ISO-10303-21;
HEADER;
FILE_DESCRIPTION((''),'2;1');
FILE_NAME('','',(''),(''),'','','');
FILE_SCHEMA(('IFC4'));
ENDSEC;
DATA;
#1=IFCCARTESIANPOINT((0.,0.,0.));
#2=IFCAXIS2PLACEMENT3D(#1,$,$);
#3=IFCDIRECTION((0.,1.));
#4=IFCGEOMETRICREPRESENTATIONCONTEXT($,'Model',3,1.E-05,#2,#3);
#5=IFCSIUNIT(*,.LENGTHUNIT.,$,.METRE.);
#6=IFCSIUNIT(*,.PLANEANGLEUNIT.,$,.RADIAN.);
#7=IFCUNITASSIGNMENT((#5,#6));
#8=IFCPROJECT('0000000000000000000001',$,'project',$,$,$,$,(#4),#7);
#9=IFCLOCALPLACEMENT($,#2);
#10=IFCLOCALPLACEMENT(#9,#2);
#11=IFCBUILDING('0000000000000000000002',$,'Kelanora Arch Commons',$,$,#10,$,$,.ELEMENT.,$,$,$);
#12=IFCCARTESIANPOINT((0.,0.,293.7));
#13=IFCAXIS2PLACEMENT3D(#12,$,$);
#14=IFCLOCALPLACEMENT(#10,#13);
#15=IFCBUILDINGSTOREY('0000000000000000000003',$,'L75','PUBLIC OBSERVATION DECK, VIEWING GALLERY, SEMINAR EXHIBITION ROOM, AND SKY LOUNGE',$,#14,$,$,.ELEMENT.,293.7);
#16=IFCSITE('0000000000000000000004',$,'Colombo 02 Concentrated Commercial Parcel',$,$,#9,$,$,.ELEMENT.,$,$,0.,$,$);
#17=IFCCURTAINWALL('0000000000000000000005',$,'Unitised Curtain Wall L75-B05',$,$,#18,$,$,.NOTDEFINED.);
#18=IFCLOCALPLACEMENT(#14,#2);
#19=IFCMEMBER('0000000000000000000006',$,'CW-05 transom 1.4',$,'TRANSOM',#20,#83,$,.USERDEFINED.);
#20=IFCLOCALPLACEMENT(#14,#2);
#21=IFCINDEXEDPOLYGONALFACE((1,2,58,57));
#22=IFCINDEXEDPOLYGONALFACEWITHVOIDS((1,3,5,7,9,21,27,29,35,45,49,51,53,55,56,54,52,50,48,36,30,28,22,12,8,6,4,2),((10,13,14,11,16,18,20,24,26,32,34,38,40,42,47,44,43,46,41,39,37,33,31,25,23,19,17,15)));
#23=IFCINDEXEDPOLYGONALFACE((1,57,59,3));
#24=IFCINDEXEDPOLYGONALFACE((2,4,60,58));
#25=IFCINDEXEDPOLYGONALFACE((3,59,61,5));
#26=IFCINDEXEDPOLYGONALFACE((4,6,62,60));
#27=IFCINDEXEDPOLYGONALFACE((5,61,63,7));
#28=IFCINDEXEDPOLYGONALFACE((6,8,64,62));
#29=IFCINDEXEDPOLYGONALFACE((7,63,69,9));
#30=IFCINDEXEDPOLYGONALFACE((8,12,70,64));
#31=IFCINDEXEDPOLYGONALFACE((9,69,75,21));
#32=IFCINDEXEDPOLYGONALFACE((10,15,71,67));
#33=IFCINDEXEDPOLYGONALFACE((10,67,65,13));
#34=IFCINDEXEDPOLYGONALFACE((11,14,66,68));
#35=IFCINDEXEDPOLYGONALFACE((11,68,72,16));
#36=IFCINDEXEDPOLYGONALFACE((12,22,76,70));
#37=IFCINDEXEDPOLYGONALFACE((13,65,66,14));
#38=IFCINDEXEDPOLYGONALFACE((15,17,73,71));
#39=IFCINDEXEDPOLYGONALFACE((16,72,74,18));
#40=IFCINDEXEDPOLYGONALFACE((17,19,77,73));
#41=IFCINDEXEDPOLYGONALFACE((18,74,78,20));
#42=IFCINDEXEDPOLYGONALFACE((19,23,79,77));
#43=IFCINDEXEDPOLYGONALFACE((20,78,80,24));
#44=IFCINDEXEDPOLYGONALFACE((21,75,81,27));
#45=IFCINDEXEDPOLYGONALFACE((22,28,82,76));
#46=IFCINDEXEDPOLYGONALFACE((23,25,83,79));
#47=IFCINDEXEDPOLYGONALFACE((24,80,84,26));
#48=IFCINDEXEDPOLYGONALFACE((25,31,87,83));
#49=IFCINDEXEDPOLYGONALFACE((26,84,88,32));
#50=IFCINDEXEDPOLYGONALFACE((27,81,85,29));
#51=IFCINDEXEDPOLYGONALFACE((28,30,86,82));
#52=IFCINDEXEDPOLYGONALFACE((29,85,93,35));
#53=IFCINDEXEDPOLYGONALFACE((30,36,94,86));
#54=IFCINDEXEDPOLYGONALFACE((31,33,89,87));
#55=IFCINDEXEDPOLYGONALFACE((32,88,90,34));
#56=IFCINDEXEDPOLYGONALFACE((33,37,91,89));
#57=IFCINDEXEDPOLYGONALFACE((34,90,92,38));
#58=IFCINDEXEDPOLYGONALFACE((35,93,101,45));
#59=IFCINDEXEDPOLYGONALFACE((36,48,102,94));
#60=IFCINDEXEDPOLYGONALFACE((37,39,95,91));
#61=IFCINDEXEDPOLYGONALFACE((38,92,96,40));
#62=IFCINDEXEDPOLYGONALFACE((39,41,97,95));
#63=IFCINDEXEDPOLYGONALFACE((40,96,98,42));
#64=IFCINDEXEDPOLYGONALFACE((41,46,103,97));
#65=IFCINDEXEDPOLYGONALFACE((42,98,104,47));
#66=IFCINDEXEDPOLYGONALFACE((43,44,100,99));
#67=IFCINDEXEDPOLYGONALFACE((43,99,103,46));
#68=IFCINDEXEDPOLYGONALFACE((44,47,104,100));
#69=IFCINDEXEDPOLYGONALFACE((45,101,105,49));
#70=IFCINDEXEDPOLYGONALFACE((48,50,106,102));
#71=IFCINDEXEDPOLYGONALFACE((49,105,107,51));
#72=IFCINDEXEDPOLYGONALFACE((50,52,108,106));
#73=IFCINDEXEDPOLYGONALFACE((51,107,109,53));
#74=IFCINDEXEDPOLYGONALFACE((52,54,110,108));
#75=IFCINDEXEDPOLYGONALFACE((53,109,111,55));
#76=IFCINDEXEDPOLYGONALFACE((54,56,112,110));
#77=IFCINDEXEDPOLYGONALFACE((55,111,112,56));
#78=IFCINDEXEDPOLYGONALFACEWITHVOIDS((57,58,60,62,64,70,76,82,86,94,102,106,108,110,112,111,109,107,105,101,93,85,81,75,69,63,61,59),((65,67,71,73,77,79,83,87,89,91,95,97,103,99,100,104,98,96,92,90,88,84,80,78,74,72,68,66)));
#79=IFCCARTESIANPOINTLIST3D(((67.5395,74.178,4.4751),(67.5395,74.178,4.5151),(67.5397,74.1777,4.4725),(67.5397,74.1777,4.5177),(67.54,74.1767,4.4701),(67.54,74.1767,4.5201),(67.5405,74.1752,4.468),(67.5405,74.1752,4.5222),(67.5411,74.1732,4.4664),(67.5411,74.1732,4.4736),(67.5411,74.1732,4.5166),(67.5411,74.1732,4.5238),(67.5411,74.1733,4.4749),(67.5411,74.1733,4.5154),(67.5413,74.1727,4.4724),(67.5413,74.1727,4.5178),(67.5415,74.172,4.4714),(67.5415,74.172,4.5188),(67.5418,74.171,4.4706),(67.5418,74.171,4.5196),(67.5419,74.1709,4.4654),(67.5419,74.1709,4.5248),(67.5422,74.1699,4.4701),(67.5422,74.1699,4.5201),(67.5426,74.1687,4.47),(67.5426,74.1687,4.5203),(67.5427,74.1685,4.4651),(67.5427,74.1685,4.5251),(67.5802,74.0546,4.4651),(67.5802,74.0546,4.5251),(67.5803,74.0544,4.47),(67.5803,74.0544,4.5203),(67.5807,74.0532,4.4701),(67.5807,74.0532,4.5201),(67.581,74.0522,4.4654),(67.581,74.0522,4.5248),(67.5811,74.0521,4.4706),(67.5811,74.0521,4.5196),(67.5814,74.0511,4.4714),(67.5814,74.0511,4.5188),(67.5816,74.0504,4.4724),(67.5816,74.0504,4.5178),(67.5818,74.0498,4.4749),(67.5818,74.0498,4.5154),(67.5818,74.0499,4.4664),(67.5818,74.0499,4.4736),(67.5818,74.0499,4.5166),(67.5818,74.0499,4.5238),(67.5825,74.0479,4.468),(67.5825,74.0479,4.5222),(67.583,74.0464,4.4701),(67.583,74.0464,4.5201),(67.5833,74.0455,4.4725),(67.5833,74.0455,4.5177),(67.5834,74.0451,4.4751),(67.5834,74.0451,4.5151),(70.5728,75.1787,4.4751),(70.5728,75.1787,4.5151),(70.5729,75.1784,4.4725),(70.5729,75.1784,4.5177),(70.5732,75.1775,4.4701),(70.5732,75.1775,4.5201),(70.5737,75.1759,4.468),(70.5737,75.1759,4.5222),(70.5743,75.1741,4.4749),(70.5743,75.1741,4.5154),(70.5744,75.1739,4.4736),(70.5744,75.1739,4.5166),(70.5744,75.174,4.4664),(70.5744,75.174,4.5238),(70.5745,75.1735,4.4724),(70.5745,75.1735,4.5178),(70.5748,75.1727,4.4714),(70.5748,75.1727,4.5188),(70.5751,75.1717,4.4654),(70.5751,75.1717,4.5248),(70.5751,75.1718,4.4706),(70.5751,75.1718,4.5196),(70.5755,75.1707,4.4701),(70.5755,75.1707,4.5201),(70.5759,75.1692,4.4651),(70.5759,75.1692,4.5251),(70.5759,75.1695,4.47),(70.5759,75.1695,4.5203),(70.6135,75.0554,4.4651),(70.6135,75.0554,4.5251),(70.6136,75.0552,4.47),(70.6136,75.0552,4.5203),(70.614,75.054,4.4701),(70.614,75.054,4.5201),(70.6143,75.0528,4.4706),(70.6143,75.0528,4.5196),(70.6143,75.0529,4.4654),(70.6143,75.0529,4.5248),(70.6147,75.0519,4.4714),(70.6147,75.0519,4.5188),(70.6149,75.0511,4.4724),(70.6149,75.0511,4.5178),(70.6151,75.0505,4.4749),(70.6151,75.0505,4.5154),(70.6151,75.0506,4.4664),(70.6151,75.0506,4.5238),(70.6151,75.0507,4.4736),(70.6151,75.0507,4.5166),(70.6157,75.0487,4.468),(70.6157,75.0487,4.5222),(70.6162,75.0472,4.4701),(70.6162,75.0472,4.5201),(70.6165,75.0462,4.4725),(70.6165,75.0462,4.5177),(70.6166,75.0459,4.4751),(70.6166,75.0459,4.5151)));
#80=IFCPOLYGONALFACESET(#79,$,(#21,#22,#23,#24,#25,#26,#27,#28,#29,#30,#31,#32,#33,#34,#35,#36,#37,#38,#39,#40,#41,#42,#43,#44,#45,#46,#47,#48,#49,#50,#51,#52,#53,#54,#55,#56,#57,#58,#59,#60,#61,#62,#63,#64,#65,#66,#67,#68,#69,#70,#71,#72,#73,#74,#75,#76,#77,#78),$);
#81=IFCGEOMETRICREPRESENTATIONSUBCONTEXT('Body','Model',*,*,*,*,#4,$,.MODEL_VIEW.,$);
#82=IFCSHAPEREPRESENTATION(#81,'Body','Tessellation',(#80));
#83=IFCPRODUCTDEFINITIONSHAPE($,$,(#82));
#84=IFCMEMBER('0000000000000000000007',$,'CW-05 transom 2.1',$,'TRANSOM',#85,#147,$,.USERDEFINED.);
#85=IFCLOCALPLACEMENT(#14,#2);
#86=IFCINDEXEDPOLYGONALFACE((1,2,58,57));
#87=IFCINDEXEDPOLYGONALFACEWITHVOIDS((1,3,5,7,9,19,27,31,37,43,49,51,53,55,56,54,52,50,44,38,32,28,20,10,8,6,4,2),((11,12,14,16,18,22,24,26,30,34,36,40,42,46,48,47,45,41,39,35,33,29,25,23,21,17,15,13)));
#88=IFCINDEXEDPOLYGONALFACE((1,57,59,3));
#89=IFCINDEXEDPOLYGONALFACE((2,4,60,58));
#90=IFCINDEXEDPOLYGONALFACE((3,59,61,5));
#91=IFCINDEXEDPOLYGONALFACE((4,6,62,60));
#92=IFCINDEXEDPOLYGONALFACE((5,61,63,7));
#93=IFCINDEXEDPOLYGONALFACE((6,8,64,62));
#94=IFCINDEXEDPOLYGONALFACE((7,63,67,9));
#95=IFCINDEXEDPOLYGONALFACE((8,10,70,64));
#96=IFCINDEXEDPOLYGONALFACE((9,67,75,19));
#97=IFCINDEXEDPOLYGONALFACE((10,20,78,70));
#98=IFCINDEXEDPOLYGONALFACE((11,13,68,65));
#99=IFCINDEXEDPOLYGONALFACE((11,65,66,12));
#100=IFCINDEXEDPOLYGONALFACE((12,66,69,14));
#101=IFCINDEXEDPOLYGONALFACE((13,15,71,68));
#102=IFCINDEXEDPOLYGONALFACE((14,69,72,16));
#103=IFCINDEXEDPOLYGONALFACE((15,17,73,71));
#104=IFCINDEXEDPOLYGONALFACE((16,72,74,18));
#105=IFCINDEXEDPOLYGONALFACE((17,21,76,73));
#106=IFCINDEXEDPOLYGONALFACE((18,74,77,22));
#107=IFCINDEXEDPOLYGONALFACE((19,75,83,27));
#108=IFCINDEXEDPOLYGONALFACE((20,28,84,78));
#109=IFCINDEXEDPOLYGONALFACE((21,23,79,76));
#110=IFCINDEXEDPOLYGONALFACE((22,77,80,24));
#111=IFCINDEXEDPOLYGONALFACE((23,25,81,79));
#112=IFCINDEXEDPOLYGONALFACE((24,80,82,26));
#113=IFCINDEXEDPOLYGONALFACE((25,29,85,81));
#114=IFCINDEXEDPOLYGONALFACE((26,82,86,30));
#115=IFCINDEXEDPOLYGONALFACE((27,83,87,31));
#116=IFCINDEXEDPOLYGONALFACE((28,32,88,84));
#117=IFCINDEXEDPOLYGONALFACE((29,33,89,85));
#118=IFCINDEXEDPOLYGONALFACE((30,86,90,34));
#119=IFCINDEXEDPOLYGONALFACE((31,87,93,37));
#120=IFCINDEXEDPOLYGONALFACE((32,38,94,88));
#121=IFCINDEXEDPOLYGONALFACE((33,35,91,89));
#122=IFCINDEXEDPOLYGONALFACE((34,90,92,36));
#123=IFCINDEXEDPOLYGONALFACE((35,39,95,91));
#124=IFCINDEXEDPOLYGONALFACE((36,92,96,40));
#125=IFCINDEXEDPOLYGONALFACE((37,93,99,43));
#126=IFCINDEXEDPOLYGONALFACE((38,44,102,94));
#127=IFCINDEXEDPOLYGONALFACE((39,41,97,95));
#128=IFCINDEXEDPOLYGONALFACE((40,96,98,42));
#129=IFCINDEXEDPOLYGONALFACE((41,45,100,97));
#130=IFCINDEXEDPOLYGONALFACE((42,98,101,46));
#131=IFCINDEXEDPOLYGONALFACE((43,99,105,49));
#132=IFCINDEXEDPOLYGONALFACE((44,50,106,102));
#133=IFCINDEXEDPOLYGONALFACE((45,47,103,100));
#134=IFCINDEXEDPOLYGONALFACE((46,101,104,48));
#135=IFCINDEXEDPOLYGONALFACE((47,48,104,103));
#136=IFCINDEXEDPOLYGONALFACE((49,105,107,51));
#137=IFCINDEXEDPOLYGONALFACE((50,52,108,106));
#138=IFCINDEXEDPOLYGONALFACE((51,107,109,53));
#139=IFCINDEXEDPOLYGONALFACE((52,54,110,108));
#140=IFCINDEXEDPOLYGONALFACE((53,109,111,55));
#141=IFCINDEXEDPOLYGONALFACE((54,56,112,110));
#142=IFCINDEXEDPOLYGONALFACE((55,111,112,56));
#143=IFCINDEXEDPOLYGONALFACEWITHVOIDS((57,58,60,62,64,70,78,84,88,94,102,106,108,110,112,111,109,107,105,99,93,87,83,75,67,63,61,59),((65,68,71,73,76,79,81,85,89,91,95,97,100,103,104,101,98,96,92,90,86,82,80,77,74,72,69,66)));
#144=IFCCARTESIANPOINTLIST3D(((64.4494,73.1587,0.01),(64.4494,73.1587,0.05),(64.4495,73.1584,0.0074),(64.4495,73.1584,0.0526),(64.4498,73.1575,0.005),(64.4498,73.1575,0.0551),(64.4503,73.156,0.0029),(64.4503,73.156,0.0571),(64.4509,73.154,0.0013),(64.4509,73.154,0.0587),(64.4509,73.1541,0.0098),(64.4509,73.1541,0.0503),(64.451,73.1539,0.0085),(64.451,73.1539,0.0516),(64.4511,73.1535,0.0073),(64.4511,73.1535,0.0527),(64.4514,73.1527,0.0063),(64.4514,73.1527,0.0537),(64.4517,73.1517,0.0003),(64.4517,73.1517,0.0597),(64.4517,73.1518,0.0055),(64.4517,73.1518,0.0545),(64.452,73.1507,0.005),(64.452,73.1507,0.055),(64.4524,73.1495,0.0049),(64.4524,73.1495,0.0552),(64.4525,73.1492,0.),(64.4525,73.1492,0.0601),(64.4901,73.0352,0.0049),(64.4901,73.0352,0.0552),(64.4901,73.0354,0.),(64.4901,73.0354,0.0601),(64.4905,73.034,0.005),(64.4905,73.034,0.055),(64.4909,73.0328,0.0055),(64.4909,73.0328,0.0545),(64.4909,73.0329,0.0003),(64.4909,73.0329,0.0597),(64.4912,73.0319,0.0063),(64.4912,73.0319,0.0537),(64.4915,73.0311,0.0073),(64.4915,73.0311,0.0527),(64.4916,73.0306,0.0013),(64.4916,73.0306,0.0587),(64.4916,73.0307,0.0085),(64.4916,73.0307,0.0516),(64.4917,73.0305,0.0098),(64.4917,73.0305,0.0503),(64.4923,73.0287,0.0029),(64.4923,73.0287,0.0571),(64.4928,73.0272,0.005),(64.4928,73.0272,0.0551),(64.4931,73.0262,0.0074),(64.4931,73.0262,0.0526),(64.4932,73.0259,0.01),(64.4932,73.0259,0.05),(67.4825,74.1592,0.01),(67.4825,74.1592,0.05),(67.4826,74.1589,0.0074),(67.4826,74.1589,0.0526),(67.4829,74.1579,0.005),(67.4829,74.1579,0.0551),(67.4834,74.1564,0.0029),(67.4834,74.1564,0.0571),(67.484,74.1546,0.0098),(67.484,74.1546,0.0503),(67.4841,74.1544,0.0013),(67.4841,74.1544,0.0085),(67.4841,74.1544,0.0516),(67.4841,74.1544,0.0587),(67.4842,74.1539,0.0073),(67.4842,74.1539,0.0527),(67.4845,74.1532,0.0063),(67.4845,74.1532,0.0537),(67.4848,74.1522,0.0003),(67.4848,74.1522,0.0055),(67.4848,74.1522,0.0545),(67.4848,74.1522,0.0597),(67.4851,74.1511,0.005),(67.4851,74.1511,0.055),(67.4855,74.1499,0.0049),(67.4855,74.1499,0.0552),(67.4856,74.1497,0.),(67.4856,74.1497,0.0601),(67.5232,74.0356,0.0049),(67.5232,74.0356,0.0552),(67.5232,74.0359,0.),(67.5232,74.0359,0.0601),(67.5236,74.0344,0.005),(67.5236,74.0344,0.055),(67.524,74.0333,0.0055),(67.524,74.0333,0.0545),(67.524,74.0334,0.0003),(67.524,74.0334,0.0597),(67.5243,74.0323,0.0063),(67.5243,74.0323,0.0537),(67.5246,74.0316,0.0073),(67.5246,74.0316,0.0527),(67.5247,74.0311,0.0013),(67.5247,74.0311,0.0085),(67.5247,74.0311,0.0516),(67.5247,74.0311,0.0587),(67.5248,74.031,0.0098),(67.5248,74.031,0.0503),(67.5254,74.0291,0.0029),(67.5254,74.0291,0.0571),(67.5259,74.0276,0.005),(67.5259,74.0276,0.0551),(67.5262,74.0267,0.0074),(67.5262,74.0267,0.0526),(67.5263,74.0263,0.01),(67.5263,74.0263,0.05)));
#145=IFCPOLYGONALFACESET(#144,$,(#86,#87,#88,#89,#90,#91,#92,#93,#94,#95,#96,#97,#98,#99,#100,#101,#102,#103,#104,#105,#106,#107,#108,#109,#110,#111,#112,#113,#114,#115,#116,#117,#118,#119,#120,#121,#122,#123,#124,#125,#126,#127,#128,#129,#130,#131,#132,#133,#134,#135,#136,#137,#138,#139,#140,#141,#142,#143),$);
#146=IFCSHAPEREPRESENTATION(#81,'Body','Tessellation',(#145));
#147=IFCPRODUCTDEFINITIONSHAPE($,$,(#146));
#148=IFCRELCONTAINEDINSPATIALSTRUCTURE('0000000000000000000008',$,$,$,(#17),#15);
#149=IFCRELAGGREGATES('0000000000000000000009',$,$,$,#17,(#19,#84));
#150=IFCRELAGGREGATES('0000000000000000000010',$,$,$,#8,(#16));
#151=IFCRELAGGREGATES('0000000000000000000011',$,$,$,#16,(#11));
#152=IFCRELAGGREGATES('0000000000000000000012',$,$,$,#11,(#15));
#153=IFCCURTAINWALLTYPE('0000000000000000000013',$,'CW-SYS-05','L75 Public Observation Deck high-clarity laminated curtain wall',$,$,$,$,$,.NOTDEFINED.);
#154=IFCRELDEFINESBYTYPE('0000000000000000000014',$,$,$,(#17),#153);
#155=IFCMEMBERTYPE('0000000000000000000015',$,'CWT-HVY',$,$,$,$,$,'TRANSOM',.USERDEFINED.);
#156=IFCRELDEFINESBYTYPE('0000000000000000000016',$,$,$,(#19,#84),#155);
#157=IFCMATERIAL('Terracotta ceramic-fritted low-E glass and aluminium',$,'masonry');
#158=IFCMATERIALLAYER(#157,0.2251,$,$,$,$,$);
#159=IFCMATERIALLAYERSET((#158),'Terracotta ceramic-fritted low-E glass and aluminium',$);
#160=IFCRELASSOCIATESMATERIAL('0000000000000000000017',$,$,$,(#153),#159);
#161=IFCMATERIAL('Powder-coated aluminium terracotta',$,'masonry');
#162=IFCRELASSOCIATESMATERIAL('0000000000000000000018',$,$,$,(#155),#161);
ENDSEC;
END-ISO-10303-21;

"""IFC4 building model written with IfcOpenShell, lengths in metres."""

from ifc_helpers import new_model, si_unit, direction, frame, origin, origin_2d, place, context, subcontext, project, spatial, hollow_rectangle, extrude, material, layer, layer_set, material_profile, profile_set, type_object, element, aggregate, save


model = new_model("IFC4")

# Units and contexts
model_context = context("Model", 3, precision=1e-05, world=origin(), true_north=direction((0.0, 1.0)))
body_context = subcontext(model_context, "Body", "Model", "MODEL_VIEW")
ifc_project = project(units=[si_unit("LENGTHUNIT", "METRE"), si_unit("PLANEANGLEUNIT", "RADIAN")], contexts=[model_context])

# Site, building, storey
site_placement = place(None, origin())
site = spatial("IfcSite", under=ifc_project, at=site_placement, Name="Colombo 02 Concentrated Commercial Parcel", CompositionType="ELEMENT", RefElevation=0.0)
building_placement = place(site_placement, origin())
building = spatial("IfcBuilding", under=site, at=building_placement, Name="Kelanora Arch Commons", CompositionType="ELEMENT")
storey_placement = place(building_placement, frame((0.0, 0.0, 293.7)))
storey = spatial("IfcBuildingStorey", under=building, at=storey_placement, Name="L75", Description="PUBLIC OBSERVATION DECK, VIEWING GALLERY, SEMINAR EXHIBITION ROOM, AND SKY LOUNGE", CompositionType="ELEMENT", Elevation=293.7)

# Shared definitions
ifc_material_1 = material(Name="Terracotta ceramic-fritted low-E glass and aluminium", Category="masonry")
ifc_layer_1 = layer(ifc_material_1, 0.2251)
ifc_layer_set_1 = layer_set([ifc_layer_1], Name="Terracotta ceramic-fritted low-E glass and aluminium")
curtain_wall_type = type_object("IfcCurtainWallType", Name="CW-SYS-05", Description="L75 Public Observation Deck high-clarity laminated curtain wall", PredefinedType="NOTDEFINED", material=ifc_layer_set_1)
ifc_material_2 = material(Name="Powder-coated aluminium terracotta", Category="masonry")

# Curtain wall
curtain_wall_1_placement = place(storey_placement, origin())
curtain_wall_1 = element("IfcCurtainWall", 1, at=curtain_wall_1_placement, inside=storey, type_object=curtain_wall_type, Name="Unitised Curtain Wall L75-B05", PredefinedType="NOTDEFINED")

# Members
ifc_material_profile_1 = material_profile(ifc_material_2, hollow_rectangle(XDim=0.1399, YDim=0.0601, WallThickness=0.0049, InnerFilletRadius=0.0049, OuterFilletRadius=0.01, at=origin_2d()), Name="CWT140x60")
ifc_profile_set_1 = profile_set([ifc_material_profile_1], Name="Powder-coated aluminium terracotta")
member_type_1 = type_object("IfcMemberType", Name="CWT-HVY", ElementType="TRANSOM", PredefinedType="USERDEFINED", material=ifc_profile_set_1)
member_1_placement = place(storey_placement, frame((70.5947, 75.1123, 4.4951), z_axis=(-0.94965, -0.313314, 0.0), x_axis=(0.313314, -0.94965, 0.0)))
member_1 = element("IfcMember", 2, at=member_1_placement, type_object=member_type_1, Name="CW-05 transom 1.4", ObjectType="TRANSOM", PredefinedType="USERDEFINED", context=body_context, shape_type="SweptSolid", body=[
    extrude(hollow_rectangle(XDim=0.1399, YDim=0.0601, WallThickness=0.0049, InnerFilletRadius=0.0049, OuterFilletRadius=0.01, at=origin_2d()), origin(), (0.0, 0.0, 1.0), 3.1941),
])
member_2_placement = place(storey_placement, frame((67.5044, 74.0928, 0.03), z_axis=(-0.949672, -0.313245, 0.0), x_axis=(0.313245, -0.949672, 0.0)))
member_2 = element("IfcMember", 3, at=member_2_placement, type_object=member_type_1, Name="CW-05 transom 2.1", ObjectType="TRANSOM", PredefinedType="USERDEFINED", context=body_context, shape_type="SweptSolid", body=[
    extrude(hollow_rectangle(XDim=0.1399, YDim=0.0601, WallThickness=0.0049, InnerFilletRadius=0.0049, OuterFilletRadius=0.01, at=origin_2d()), origin(), (0.0, 0.0, 1.0), 3.1938),
])

aggregate(curtain_wall_1, [member_1, member_2])

save(model, "model.ifc")
